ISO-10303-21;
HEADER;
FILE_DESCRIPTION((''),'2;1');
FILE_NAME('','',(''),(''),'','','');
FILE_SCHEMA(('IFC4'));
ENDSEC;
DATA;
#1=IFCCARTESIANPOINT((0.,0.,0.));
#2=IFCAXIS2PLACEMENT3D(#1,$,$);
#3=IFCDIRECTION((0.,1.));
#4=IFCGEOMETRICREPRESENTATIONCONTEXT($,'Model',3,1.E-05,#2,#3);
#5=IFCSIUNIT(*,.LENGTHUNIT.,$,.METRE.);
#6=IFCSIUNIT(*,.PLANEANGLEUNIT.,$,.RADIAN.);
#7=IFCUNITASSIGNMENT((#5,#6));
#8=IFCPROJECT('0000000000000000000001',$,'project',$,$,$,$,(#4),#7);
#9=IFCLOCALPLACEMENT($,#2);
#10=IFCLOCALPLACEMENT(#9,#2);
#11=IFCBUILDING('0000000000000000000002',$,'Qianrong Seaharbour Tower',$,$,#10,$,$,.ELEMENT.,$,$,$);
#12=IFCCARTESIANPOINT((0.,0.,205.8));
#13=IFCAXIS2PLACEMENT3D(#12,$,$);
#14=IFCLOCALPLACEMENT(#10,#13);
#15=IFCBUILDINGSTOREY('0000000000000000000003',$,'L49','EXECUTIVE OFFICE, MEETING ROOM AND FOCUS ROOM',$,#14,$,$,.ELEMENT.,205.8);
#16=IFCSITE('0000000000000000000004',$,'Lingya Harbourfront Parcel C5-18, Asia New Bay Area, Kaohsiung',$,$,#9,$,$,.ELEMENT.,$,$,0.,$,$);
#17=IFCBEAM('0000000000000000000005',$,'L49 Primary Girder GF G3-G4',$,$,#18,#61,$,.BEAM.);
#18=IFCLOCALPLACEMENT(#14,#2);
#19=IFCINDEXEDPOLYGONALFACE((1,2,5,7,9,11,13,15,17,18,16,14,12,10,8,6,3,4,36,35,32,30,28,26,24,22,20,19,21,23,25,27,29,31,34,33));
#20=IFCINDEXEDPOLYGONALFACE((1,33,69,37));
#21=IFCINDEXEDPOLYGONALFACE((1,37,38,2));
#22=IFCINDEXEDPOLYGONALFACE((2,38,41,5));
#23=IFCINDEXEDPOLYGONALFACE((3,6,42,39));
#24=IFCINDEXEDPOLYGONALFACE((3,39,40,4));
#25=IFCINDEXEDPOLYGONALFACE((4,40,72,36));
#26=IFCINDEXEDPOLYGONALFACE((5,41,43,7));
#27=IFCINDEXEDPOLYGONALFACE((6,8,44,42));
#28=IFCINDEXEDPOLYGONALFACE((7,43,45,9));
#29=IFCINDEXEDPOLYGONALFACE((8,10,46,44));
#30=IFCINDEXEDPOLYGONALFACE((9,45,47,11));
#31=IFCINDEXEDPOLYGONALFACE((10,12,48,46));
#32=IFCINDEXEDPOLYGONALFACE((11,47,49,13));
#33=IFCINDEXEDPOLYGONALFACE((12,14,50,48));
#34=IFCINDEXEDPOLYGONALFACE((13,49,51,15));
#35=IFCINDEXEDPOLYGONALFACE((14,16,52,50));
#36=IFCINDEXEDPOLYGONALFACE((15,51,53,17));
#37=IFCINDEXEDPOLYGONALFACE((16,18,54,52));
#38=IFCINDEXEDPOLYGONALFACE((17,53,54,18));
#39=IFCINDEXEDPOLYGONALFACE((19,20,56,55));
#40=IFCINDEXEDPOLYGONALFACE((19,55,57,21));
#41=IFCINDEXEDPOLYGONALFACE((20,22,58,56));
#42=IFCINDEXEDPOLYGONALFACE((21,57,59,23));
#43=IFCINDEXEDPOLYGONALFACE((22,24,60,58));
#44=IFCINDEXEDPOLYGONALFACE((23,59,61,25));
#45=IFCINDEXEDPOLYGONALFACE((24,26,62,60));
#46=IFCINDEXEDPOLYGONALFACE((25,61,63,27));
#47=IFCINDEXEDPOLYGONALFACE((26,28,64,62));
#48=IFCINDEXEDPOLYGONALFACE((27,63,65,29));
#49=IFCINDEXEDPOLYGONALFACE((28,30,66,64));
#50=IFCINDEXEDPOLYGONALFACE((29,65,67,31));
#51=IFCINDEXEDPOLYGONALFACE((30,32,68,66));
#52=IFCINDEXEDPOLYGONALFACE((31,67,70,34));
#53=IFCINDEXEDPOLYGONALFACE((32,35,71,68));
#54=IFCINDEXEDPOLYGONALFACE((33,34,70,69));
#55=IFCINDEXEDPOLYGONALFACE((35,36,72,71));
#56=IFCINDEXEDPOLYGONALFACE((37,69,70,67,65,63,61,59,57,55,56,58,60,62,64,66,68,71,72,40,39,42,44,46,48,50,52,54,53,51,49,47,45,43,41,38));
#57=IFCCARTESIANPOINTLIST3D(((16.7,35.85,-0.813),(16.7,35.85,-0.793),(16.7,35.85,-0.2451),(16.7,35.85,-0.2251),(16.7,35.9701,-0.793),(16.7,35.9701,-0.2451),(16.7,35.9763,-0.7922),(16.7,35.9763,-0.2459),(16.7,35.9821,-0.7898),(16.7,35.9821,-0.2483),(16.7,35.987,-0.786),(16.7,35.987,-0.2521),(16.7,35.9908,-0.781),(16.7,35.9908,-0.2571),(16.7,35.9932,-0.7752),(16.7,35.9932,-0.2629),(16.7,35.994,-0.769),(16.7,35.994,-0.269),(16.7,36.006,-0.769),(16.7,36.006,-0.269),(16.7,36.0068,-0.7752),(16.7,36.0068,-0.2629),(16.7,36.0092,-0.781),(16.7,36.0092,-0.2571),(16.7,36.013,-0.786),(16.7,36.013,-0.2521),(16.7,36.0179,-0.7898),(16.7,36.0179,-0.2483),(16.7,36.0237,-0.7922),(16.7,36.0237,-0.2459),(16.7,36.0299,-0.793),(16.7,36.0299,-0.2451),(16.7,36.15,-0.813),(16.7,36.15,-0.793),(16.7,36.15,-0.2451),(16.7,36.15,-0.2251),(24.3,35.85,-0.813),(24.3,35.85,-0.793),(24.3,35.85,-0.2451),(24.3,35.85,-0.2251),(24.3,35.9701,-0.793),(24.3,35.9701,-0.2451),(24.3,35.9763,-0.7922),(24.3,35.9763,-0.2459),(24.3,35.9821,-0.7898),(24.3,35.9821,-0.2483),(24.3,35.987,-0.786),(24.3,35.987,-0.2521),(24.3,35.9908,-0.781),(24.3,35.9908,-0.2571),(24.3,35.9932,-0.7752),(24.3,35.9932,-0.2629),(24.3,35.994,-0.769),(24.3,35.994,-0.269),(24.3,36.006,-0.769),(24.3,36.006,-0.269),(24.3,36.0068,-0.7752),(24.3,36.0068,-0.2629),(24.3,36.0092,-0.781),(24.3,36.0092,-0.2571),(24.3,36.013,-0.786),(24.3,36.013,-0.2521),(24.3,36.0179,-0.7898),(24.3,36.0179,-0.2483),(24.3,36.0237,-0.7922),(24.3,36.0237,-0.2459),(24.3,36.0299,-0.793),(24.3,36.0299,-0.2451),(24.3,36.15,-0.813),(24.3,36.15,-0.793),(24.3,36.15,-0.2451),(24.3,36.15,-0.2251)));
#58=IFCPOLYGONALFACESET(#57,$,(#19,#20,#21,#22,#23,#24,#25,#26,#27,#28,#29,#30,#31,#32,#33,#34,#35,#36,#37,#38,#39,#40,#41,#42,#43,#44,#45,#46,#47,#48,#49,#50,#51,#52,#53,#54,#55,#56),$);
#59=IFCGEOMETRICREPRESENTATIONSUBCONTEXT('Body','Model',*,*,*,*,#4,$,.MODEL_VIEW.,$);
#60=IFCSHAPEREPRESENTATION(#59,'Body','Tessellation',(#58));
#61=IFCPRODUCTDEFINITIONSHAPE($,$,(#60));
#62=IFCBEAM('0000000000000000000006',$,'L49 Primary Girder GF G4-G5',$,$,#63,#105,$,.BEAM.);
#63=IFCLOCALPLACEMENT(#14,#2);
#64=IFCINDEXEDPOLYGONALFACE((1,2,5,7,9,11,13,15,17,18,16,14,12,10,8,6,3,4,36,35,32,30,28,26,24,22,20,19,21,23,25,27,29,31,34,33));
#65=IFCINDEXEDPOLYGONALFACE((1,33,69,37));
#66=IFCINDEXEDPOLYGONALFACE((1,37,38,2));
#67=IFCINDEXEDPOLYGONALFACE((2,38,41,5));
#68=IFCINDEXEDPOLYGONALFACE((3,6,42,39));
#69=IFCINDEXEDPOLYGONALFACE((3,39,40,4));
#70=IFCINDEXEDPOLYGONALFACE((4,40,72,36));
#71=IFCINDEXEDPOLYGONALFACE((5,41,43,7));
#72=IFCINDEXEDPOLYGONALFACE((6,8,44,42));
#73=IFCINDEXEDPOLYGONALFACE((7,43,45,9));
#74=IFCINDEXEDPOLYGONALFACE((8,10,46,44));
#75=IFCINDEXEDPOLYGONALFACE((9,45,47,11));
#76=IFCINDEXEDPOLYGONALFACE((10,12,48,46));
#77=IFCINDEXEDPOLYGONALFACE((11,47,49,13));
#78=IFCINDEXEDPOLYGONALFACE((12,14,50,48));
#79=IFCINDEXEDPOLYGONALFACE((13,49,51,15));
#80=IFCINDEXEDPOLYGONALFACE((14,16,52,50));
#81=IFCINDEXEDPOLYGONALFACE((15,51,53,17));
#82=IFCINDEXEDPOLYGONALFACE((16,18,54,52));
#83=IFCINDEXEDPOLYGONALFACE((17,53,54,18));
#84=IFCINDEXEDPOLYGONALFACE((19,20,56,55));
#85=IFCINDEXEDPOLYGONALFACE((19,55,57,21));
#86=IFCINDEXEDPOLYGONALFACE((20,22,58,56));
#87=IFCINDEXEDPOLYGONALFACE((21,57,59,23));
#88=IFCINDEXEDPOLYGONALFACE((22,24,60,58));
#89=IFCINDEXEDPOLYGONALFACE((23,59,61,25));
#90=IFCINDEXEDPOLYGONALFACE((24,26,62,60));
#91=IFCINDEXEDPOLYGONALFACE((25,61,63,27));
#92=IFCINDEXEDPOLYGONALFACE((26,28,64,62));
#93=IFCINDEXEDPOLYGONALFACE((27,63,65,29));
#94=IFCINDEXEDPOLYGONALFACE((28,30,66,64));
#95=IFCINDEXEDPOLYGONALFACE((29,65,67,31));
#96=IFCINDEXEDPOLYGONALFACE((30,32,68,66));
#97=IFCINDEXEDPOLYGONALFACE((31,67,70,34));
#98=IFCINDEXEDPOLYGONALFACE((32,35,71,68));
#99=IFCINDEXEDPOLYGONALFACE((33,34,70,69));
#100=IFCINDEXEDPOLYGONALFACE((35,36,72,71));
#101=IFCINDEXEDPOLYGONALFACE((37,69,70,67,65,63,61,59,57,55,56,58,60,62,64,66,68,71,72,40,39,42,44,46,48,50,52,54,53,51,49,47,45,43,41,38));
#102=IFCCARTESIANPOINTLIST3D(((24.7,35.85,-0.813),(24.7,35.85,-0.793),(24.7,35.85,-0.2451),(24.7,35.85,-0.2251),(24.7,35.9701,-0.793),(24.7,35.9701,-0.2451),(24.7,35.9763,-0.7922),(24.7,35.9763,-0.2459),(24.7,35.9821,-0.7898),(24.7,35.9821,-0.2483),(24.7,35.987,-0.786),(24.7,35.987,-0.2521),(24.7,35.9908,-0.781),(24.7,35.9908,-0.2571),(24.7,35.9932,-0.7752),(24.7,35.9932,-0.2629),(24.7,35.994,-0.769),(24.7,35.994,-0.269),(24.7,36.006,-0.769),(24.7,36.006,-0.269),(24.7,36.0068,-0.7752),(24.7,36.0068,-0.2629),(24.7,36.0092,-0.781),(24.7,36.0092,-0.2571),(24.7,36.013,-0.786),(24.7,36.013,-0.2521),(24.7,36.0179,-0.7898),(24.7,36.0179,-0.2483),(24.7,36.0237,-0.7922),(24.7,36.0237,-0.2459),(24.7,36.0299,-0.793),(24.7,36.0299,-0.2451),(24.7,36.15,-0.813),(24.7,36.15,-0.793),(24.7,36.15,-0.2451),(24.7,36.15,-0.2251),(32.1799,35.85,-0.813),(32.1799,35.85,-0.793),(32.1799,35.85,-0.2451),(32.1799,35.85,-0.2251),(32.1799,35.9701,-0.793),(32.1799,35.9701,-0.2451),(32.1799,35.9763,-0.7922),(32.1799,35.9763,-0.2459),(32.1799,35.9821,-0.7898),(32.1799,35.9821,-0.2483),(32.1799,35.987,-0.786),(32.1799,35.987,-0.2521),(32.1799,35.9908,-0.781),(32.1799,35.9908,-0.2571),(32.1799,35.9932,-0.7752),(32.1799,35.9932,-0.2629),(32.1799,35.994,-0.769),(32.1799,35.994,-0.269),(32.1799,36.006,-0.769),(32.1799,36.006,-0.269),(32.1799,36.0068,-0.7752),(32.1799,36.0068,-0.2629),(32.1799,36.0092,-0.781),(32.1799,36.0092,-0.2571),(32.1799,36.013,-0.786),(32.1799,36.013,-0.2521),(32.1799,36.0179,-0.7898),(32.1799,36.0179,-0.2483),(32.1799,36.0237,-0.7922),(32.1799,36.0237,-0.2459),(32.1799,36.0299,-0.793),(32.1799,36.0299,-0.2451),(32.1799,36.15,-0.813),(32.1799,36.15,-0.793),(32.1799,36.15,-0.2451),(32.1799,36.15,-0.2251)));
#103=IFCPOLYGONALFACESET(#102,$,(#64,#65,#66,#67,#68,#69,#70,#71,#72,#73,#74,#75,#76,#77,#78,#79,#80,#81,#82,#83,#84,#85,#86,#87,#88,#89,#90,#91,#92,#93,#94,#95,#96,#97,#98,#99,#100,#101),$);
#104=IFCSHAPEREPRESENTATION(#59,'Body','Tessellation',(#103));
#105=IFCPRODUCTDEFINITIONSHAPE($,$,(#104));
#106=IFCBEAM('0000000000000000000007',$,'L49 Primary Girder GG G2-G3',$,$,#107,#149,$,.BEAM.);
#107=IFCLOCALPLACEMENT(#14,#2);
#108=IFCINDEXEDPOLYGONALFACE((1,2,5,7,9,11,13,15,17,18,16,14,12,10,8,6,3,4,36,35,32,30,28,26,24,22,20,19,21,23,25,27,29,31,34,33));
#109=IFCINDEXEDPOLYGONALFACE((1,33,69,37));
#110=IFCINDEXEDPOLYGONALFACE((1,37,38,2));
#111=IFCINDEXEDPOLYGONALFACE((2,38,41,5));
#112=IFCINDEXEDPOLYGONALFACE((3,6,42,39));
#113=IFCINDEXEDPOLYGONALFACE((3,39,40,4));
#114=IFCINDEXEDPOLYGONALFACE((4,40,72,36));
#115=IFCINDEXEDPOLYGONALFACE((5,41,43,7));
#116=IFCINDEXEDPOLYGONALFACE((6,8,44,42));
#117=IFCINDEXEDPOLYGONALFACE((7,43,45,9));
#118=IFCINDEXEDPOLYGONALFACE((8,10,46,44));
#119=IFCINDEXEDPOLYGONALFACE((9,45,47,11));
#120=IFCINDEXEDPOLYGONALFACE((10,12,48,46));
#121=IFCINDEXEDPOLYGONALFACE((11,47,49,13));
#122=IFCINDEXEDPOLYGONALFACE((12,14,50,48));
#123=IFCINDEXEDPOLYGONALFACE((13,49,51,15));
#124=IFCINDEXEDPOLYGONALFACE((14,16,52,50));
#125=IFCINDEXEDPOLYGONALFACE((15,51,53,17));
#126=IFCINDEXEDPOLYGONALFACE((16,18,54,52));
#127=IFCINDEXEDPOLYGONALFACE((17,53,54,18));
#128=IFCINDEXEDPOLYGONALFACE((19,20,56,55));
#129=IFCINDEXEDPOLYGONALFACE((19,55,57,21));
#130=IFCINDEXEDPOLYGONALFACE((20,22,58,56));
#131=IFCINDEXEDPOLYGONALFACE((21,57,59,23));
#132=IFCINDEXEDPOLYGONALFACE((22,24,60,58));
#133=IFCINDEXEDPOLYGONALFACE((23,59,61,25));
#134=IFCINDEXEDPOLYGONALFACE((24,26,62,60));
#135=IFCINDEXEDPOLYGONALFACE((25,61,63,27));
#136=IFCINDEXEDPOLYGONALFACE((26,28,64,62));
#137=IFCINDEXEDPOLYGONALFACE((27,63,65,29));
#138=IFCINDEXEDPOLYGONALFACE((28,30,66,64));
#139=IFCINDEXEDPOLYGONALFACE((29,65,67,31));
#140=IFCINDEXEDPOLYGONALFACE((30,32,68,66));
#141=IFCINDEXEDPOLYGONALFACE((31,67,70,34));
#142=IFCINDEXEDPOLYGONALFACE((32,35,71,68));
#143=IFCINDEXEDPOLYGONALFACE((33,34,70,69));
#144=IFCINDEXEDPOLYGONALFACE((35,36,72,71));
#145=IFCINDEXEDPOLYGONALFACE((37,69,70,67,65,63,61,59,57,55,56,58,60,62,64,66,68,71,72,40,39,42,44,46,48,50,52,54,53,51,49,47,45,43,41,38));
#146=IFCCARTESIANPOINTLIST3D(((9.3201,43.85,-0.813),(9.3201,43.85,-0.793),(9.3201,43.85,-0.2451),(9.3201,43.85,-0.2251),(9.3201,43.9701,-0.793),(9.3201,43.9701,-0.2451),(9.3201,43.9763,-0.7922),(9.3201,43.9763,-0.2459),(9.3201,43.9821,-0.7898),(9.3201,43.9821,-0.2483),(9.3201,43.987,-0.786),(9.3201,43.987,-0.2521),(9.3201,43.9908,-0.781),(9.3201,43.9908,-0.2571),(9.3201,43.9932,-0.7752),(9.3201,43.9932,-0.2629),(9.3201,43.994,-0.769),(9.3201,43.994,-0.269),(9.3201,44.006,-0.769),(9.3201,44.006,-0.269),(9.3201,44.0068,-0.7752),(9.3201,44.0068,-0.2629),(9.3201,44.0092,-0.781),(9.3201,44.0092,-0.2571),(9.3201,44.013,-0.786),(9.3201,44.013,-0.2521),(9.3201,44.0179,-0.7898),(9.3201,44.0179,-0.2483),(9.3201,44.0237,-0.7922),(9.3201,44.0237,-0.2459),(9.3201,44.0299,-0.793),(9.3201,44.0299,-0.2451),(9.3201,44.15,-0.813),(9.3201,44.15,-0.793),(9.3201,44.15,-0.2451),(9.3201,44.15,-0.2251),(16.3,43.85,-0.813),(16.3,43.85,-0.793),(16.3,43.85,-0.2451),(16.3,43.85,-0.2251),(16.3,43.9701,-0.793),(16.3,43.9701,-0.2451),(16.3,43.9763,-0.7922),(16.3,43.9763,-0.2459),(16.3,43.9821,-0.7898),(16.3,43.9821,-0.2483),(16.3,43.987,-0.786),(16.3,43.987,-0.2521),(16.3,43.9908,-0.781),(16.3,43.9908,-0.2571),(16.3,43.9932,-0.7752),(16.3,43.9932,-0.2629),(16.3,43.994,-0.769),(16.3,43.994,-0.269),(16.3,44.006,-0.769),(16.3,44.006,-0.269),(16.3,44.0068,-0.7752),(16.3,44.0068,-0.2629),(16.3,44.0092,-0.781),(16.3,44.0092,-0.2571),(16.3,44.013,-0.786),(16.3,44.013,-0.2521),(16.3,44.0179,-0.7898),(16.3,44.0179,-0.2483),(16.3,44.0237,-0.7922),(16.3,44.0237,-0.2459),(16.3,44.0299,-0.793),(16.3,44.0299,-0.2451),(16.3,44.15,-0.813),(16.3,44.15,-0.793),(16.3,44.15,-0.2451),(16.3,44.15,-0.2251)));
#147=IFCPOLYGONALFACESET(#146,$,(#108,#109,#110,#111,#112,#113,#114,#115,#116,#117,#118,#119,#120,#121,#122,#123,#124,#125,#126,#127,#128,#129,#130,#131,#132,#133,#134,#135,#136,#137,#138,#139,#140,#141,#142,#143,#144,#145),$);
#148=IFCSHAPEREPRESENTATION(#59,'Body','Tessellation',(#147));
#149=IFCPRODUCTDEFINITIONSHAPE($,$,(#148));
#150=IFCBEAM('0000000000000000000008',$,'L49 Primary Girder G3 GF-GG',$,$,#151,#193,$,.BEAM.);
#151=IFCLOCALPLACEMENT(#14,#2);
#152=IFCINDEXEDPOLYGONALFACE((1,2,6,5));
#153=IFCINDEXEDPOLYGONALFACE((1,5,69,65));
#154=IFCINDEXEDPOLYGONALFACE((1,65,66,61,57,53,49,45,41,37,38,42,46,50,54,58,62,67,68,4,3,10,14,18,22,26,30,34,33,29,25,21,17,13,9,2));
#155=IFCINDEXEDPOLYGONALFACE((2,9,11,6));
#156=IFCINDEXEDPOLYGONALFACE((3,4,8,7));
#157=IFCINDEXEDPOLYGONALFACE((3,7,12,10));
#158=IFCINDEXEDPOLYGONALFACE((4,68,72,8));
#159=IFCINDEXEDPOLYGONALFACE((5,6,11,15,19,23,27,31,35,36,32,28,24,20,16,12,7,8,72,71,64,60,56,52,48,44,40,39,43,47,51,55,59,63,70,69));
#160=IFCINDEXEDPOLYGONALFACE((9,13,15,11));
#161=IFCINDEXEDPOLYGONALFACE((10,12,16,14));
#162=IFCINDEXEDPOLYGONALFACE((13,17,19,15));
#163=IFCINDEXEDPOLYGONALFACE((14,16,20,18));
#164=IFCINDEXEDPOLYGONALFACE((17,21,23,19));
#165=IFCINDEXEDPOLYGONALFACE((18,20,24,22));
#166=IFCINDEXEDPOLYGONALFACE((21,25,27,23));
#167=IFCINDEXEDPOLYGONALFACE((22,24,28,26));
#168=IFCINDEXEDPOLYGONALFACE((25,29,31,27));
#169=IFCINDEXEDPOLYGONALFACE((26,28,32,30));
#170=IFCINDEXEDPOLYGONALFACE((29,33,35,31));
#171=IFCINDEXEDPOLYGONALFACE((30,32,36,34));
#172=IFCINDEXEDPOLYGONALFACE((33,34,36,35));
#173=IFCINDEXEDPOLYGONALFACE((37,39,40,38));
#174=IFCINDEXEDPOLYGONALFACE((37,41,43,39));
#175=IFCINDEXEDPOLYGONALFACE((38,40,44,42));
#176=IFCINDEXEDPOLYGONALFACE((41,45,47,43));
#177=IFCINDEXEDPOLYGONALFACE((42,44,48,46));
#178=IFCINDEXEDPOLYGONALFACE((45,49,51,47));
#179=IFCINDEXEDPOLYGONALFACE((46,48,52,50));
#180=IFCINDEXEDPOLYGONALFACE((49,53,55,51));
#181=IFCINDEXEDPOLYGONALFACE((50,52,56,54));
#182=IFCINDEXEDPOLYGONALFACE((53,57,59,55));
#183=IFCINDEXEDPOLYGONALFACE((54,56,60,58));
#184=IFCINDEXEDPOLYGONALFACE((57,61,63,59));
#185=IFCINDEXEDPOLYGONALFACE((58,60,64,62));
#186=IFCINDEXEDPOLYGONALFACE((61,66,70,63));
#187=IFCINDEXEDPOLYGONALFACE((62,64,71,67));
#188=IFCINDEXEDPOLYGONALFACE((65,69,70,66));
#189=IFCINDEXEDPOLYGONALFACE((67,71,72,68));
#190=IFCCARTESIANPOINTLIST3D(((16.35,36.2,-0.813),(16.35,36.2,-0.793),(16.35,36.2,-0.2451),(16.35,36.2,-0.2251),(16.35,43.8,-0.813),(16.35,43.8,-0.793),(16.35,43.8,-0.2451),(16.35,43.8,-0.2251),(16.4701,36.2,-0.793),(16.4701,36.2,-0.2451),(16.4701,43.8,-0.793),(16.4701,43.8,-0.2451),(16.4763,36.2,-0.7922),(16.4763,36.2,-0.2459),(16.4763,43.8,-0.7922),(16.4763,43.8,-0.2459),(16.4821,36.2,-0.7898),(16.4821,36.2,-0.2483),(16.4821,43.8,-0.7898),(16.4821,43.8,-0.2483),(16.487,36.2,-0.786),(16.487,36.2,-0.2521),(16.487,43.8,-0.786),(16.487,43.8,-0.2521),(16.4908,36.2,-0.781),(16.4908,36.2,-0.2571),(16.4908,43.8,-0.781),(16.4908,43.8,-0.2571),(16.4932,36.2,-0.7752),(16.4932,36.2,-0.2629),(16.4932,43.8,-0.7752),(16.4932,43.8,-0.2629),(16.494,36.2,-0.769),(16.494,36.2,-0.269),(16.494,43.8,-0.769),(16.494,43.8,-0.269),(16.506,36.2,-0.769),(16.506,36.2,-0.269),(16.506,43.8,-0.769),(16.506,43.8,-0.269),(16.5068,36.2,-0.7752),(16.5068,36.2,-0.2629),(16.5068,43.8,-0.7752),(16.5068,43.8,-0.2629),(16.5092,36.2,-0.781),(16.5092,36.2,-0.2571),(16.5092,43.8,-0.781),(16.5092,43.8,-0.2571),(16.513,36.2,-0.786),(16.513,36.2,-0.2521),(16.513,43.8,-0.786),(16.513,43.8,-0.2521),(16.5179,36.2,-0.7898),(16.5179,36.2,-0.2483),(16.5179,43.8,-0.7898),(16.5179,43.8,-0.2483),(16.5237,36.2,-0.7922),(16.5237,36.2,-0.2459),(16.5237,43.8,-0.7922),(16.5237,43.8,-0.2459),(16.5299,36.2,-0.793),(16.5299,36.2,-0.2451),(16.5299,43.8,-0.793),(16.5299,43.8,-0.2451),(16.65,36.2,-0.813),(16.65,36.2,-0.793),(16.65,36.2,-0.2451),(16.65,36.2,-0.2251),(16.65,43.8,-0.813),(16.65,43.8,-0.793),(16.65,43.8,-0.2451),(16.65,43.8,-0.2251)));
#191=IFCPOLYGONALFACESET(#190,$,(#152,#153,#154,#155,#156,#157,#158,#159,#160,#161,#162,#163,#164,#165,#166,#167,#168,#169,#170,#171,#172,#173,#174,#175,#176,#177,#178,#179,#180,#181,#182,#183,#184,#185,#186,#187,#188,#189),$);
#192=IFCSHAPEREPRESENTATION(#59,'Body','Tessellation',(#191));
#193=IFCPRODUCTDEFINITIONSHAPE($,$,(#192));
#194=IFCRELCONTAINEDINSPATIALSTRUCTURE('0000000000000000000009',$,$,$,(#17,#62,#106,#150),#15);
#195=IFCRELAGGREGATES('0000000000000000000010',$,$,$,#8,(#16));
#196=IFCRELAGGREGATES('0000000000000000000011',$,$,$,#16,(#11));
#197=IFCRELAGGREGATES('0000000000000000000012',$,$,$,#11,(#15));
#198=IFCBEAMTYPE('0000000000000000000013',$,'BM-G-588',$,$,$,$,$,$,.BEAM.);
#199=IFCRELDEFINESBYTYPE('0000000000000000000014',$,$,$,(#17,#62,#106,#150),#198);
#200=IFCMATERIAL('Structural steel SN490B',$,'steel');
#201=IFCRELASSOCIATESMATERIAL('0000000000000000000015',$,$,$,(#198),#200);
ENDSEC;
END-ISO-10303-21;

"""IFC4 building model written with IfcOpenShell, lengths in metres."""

from ifc_helpers import new_model, si_unit, direction, frame, origin, origin_2d, place, context, subcontext, project, spatial, i_section, extrude, material, material_profile, profile_set, type_object, element, save


model = new_model("IFC4")

# Units and contexts
model_context = context("Model", 3, precision=1e-05, world=origin(), true_north=direction((0.0, 1.0)))
body_context = subcontext(model_context, "Body", "Model", "MODEL_VIEW")
ifc_project = project(units=[si_unit("LENGTHUNIT", "METRE"), si_unit("PLANEANGLEUNIT", "RADIAN")], contexts=[model_context])

# Site, building, storey
site_placement = place(None, origin())
site = spatial("IfcSite", under=ifc_project, at=site_placement, Name="Lingya Harbourfront Parcel C5-18, Asia New Bay Area, Kaohsiung", CompositionType="ELEMENT", RefElevation=0.0)
building_placement = place(site_placement, origin())
building = spatial("IfcBuilding", under=site, at=building_placement, Name="Qianrong Seaharbour Tower", CompositionType="ELEMENT")
storey_placement = place(building_placement, frame((0.0, 0.0, 205.8)))
storey = spatial("IfcBuildingStorey", under=building, at=storey_placement, Name="L49", Description="EXECUTIVE OFFICE, MEETING ROOM AND FOCUS ROOM", CompositionType="ELEMENT", Elevation=205.8)

# Shared definitions
ifc_material_1 = material(Name="Structural steel SN490B", Category="steel")

# Beams
ifc_material_profile_1 = material_profile(ifc_material_1, i_section(OverallWidth=0.3, OverallDepth=0.5879, WebThickness=0.012, FlangeThickness=0.02, FilletRadius=0.0239, at=origin_2d()), Name="H588x300x12x20")
ifc_profile_set_1 = profile_set([ifc_material_profile_1], Name="Structural steel SN490B")
beam_type_1 = type_object("IfcBeamType", Name="BM-G-588", PredefinedType="BEAM", material=ifc_profile_set_1)
beam_1_placement = place(storey_placement, frame((16.7, 36.0, -0.519), z_axis=(1.0, 0.0, 0.0), x_axis=(0.0, 1.0, 0.0)))
element("IfcBeam", 1, at=beam_1_placement, inside=storey, type_object=beam_type_1, Name="L49 Primary Girder GF G3-G4", PredefinedType="BEAM", context=body_context, shape_type="SweptSolid", body=[
    extrude(i_section(OverallWidth=0.3, OverallDepth=0.5879, WebThickness=0.012, FlangeThickness=0.02, FilletRadius=0.0239, at=origin_2d()), origin(), (0.0, 0.0, 1.0), 7.6001),
])
beam_2_placement = place(storey_placement, frame((24.7, 36.0, -0.519), z_axis=(1.0, 0.0, 0.0), x_axis=(0.0, 1.0, 0.0)))
element("IfcBeam", 2, at=beam_2_placement, inside=storey, type_object=beam_type_1, Name="L49 Primary Girder GF G4-G5", PredefinedType="BEAM", context=body_context, shape_type="SweptSolid", body=[
    extrude(i_section(OverallWidth=0.3, OverallDepth=0.5879, WebThickness=0.012, FlangeThickness=0.02, FilletRadius=0.0239, at=origin_2d()), origin(), (0.0, 0.0, 1.0), 7.48),
])
beam_3_placement = place(storey_placement, frame((9.3201, 44.0, -0.519), z_axis=(1.0, 0.0, 0.0), x_axis=(0.0, 1.0, 0.0)))
element("IfcBeam", 3, at=beam_3_placement, inside=storey, type_object=beam_type_1, Name="L49 Primary Girder GG G2-G3", PredefinedType="BEAM", context=body_context, shape_type="SweptSolid", body=[
    extrude(i_section(OverallWidth=0.3, OverallDepth=0.5879, WebThickness=0.012, FlangeThickness=0.02, FilletRadius=0.0239, at=origin_2d()), origin(), (0.0, 0.0, 1.0), 6.98),
])
for number, where, z_axis, x_axis, name in (
    (4, (16.5, 36.2, -0.519), (0.0, 1.0, 0.0), (-1.0, 0.0, 0.0), "L49 Primary Girder G3 GF-GG"),
):
    element("IfcBeam", number, at=place(storey_placement, frame(where, z_axis=z_axis, x_axis=x_axis)), inside=storey, type_object=beam_type_1, Name=name, PredefinedType="BEAM", context=body_context, shape_type="SweptSolid", body=[
        extrude(i_section(OverallWidth=0.3, OverallDepth=0.5879, WebThickness=0.012, FlangeThickness=0.02, FilletRadius=0.0239, at=origin_2d()), origin(), (0.0, 0.0, 1.0), 7.6001),
    ])

save(model, "model.ifc")
